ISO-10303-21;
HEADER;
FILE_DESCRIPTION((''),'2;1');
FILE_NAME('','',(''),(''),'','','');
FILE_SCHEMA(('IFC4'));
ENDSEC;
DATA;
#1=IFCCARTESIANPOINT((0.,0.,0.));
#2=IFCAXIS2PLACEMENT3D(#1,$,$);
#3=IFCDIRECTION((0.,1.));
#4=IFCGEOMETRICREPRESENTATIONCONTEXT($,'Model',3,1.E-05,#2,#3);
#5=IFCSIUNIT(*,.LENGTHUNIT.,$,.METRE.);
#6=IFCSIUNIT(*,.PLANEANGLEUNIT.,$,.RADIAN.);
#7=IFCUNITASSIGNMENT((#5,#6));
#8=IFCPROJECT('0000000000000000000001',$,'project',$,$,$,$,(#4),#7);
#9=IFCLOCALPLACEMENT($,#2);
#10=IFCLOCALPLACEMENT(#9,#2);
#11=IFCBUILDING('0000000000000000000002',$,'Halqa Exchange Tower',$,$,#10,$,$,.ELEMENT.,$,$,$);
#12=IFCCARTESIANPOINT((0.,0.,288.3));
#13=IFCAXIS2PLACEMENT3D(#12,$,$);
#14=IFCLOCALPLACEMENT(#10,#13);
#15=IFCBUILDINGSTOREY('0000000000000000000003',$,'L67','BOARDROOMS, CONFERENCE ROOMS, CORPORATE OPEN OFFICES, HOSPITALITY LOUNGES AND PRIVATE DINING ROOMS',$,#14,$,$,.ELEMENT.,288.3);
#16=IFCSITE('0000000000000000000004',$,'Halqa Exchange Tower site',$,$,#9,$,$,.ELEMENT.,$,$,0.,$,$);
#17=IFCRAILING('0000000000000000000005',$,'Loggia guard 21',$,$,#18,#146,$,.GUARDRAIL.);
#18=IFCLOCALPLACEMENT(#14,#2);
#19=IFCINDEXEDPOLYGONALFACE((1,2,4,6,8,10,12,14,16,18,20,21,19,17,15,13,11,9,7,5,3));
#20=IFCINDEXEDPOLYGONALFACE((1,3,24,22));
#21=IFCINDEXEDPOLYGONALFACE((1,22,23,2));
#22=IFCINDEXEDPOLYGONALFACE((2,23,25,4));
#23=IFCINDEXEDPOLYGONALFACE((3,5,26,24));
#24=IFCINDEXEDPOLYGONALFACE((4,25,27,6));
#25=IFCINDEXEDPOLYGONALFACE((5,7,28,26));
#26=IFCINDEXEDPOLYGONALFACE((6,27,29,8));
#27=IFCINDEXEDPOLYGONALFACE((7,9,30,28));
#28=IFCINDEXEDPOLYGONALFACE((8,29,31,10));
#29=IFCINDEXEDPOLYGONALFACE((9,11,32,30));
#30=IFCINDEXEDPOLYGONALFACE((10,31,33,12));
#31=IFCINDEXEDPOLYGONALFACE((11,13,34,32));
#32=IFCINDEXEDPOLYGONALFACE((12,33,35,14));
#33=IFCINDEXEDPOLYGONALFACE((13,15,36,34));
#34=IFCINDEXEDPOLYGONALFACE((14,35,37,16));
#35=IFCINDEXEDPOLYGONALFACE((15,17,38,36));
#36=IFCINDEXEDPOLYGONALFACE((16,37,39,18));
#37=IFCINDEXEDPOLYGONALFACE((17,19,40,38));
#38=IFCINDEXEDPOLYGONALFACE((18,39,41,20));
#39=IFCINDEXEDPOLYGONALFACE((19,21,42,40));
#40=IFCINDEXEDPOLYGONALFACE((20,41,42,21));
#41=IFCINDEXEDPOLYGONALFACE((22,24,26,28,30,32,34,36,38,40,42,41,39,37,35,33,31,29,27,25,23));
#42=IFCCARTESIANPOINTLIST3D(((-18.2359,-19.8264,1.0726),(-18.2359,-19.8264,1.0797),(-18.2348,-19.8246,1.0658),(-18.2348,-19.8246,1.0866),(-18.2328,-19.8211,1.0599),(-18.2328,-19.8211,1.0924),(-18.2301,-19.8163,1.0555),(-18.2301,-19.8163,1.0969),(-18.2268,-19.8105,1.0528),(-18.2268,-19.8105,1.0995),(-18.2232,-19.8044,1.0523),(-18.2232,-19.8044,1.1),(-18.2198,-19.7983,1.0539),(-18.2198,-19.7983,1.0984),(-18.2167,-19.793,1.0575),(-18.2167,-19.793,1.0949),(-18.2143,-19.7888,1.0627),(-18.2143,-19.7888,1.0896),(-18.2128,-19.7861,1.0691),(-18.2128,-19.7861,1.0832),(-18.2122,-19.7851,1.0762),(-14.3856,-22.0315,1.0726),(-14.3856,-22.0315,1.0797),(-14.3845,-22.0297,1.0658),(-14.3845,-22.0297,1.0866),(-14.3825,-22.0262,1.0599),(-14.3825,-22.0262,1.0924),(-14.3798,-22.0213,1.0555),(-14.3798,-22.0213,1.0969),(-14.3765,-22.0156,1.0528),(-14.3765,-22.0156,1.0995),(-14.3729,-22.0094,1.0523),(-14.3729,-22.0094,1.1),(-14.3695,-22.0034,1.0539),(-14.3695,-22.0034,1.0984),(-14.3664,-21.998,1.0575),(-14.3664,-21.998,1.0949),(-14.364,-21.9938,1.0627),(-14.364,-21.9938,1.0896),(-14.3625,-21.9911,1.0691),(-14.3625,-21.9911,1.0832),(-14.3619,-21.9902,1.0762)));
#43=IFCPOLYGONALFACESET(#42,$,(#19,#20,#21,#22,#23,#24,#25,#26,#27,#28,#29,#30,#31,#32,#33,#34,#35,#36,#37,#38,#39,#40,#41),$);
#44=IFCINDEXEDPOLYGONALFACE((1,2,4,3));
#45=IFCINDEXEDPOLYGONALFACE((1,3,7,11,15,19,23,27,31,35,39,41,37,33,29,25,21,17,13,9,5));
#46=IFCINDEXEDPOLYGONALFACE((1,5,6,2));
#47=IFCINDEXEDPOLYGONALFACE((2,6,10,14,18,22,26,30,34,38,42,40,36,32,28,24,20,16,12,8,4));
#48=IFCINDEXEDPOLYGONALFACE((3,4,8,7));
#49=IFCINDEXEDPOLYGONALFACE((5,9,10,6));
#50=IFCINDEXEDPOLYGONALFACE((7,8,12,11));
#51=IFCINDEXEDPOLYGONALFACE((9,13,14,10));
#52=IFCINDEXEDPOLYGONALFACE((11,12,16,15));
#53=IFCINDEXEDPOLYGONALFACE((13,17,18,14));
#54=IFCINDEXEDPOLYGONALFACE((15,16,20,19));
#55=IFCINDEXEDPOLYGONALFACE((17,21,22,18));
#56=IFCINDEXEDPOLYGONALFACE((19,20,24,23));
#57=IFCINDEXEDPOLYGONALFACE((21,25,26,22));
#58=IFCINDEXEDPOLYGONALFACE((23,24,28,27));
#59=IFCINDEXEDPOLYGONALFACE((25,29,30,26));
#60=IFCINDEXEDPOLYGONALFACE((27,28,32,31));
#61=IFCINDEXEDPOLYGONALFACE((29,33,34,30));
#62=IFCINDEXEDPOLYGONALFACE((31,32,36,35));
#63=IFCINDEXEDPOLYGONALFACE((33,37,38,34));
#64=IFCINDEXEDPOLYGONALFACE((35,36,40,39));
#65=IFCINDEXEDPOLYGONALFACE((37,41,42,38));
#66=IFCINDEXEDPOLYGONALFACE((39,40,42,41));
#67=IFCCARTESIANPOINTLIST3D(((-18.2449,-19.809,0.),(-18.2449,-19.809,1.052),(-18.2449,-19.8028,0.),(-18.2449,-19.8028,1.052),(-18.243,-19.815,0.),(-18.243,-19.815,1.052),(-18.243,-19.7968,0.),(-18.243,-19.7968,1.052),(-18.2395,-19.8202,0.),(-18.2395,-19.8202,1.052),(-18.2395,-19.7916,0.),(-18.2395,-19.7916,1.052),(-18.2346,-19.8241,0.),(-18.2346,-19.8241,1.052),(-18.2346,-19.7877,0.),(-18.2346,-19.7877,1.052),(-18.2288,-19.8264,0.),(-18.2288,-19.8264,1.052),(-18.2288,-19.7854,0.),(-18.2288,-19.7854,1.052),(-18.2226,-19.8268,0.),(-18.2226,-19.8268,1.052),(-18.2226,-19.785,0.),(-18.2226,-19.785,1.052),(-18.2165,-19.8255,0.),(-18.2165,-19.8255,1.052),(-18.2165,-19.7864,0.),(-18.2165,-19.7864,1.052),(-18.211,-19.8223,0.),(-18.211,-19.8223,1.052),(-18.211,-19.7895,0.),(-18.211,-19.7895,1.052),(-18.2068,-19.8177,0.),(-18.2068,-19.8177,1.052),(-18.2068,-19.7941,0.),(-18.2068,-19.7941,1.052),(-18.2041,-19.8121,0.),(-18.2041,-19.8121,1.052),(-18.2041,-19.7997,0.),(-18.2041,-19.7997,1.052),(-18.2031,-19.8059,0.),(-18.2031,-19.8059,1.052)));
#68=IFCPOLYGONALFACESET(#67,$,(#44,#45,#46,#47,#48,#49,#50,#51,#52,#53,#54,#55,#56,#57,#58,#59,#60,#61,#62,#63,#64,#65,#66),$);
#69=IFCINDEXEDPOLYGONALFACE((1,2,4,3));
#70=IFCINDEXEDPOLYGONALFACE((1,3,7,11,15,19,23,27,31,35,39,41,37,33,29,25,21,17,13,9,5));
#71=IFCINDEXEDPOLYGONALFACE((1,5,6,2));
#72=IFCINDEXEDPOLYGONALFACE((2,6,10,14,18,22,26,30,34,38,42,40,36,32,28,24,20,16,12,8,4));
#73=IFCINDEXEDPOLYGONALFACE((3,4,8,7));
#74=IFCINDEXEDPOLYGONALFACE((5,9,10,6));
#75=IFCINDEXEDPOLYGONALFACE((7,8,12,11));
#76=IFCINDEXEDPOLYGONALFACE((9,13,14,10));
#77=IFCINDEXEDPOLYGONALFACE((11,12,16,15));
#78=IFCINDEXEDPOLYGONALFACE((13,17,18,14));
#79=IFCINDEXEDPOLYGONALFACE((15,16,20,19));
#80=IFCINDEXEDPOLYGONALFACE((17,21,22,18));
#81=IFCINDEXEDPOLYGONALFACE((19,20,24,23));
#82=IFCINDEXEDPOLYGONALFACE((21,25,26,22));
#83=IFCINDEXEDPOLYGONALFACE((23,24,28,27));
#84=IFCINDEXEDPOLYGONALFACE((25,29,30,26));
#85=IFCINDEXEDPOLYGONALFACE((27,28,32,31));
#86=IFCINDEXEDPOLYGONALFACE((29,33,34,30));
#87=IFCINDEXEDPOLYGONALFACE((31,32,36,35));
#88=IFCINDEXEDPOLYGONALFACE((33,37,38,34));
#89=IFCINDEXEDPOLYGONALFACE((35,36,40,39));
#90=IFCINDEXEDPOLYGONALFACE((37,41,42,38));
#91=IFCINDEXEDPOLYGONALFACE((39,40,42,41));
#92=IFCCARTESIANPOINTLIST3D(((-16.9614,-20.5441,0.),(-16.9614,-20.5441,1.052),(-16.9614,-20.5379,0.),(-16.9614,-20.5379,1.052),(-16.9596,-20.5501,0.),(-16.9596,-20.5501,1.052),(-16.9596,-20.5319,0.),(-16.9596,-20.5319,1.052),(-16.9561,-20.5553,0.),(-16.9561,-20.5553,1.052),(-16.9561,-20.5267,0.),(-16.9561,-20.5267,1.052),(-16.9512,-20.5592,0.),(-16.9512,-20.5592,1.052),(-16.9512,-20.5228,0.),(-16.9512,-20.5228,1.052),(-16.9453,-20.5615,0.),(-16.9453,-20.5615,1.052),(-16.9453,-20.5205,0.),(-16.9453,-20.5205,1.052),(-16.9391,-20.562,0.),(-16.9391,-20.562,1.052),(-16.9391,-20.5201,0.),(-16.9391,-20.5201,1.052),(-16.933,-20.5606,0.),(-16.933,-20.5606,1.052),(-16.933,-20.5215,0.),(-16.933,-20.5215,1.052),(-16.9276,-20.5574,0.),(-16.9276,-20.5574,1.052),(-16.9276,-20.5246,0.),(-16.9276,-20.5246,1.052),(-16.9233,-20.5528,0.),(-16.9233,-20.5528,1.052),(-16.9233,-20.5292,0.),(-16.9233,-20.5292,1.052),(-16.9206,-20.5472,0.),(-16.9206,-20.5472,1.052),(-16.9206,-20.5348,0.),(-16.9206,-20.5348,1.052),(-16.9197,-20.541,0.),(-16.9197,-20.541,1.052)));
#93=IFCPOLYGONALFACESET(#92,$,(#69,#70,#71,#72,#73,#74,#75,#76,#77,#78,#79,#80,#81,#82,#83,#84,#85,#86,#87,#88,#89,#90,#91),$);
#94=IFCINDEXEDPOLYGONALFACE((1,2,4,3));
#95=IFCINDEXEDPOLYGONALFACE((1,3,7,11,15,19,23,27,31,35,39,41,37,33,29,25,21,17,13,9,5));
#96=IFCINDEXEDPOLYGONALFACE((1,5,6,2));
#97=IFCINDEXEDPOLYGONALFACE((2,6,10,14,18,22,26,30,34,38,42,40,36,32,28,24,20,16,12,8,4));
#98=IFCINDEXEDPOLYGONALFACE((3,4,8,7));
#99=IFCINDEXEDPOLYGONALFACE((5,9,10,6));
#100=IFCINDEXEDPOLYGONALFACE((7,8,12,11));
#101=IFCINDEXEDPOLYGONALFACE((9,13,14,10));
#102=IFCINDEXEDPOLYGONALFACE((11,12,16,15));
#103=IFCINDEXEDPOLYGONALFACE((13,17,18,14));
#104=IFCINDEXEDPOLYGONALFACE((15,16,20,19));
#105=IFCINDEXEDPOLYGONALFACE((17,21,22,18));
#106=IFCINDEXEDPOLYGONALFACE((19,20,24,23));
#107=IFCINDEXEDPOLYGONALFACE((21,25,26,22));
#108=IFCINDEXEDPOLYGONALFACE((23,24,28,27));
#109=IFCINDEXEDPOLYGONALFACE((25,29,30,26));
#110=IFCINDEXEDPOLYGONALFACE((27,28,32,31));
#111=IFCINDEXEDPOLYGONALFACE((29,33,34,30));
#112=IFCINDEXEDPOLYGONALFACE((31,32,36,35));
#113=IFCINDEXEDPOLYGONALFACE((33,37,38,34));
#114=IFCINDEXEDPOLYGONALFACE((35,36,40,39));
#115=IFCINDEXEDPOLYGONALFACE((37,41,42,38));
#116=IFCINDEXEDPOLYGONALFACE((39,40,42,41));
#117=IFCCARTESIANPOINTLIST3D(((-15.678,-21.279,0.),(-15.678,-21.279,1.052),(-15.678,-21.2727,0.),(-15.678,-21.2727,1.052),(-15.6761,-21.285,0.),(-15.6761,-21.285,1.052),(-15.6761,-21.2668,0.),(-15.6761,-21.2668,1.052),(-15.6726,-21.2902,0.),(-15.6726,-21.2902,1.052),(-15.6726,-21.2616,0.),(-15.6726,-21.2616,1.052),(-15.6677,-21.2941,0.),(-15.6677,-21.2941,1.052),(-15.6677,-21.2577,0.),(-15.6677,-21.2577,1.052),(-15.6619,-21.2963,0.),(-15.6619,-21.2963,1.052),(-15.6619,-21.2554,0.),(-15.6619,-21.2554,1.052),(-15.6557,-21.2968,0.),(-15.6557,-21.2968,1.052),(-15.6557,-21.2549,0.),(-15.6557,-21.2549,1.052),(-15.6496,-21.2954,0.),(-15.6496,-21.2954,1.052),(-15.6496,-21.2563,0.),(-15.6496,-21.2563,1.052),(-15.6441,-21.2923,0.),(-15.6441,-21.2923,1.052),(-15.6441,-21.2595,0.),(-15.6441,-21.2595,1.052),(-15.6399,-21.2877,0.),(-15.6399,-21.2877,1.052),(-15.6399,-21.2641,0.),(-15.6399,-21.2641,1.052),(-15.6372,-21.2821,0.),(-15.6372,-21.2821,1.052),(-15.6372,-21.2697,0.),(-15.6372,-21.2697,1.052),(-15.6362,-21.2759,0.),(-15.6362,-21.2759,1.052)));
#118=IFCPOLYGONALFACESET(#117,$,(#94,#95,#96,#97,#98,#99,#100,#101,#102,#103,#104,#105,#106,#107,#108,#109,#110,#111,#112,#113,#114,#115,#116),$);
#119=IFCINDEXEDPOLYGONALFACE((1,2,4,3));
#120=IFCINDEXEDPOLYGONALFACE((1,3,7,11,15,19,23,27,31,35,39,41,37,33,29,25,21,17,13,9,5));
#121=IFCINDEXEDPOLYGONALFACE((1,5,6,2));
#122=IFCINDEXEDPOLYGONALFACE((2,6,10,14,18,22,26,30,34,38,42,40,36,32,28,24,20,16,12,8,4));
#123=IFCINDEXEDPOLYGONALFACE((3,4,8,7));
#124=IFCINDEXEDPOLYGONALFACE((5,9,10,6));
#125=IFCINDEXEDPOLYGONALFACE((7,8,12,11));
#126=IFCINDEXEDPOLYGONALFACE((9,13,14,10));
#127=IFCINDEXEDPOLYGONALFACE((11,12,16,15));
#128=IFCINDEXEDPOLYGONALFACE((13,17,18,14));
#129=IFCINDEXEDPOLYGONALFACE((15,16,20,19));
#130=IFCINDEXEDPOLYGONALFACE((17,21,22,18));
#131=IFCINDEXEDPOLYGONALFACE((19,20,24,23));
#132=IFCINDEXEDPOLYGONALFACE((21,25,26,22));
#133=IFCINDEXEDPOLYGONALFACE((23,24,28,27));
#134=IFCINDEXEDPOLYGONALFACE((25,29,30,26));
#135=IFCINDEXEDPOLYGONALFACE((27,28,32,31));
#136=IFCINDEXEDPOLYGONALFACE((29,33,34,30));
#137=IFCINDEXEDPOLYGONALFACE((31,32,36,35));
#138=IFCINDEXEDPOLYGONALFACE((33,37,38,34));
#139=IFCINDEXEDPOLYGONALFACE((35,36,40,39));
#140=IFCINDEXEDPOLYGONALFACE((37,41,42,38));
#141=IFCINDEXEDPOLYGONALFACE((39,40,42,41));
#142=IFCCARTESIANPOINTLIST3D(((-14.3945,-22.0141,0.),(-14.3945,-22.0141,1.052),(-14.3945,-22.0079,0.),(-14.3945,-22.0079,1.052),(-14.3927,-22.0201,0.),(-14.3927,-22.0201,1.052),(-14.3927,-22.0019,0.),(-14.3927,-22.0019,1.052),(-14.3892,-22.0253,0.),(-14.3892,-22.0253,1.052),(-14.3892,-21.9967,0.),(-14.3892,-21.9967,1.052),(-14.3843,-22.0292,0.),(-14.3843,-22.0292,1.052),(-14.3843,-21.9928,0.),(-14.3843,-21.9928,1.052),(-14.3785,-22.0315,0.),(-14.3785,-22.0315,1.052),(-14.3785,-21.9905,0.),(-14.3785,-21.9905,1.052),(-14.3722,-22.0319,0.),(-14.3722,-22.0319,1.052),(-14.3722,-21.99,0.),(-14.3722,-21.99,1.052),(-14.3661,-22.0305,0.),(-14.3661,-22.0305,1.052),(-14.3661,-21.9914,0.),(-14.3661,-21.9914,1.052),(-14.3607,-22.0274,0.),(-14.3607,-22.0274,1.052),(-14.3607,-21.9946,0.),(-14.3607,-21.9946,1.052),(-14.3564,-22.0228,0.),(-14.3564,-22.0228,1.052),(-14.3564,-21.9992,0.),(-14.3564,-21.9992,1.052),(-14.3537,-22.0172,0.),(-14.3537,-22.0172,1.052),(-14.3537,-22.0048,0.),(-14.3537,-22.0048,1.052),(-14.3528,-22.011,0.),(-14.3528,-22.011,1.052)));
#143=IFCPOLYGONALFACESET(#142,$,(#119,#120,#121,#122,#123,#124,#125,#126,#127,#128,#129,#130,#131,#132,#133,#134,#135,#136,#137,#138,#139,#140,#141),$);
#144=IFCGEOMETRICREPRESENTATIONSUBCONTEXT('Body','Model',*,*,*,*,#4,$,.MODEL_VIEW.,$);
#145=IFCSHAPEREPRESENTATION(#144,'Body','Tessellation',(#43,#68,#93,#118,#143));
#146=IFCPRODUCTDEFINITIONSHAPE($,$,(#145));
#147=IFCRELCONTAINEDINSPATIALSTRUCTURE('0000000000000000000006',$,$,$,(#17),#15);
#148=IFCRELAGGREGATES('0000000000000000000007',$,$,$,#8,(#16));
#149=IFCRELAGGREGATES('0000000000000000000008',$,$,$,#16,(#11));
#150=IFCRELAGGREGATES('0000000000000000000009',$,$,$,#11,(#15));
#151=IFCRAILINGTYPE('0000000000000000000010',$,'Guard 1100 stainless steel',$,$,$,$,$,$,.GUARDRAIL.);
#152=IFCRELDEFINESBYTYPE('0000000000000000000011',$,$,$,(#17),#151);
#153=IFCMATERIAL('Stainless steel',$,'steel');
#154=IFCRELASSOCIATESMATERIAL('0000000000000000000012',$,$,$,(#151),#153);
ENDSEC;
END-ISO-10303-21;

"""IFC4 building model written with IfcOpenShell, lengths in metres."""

from ifc_helpers import new_model, si_unit, direction, frame, origin, origin_2d, place, context, subcontext, project, spatial, circle, extrude, material, type_object, element, save


model = new_model("IFC4")

# Units and contexts
model_context = context("Model", 3, precision=1e-05, world=origin(), true_north=direction((0.0, 1.0)))
body_context = subcontext(model_context, "Body", "Model", "MODEL_VIEW")
ifc_project = project(units=[si_unit("LENGTHUNIT", "METRE"), si_unit("PLANEANGLEUNIT", "RADIAN")], contexts=[model_context])

# Site, building, storey
site_placement = place(None, origin())
site = spatial("IfcSite", under=ifc_project, at=site_placement, Name="Halqa Exchange Tower site", CompositionType="ELEMENT", RefElevation=0.0)
building_placement = place(site_placement, origin())
building = spatial("IfcBuilding", under=site, at=building_placement, Name="Halqa Exchange Tower", CompositionType="ELEMENT")
storey_placement = place(building_placement, frame((0.0, 0.0, 288.3)))
storey = spatial("IfcBuildingStorey", under=building, at=storey_placement, Name="L67", Description="BOARDROOMS, CONFERENCE ROOMS, CORPORATE OPEN OFFICES, HOSPITALITY LOUNGES AND PRIVATE DINING ROOMS", CompositionType="ELEMENT", Elevation=288.3)

# Railing
ifc_material_1 = material(Name="Stainless steel", Category="steel")
railing_type = type_object("IfcRailingType", Name="Guard 1100 stainless steel", PredefinedType="GUARDRAIL", material=ifc_material_1)
railing_1_placement = place(storey_placement, frame((-18.2241, -19.8059, 0.0)))
element("IfcRailing", 1, at=railing_1_placement, inside=storey, type_object=railing_type, Name="Loggia guard 21", PredefinedType="GUARDRAIL", context=body_context, shape_type="SweptSolid", body=[
    extrude(circle(Radius=0.0239, at=origin_2d()), frame((0.0, 0.0, 1.0762), z_axis=(0.867769, -0.496968, 0.0), x_axis=(0.496968, 0.867769, 0.0)), (0.0, 0.0, 1.0), 4.437),
    extrude(circle(Radius=0.021, at=origin_2d()), origin(), (0.0, 0.0, 1.0), 1.052),
    extrude(circle(Radius=0.021, at=origin_2d()), frame((1.2834, -0.7351, 0.0)), (0.0, 0.0, 1.0), 1.052),
    extrude(circle(Radius=0.021, at=origin_2d()), frame((2.5669, -1.47, 0.0)), (0.0, 0.0, 1.0), 1.052),
    extrude(circle(Radius=0.021, at=origin_2d()), frame((3.8503, -2.2051, 0.0)), (0.0, 0.0, 1.0), 1.052),
])

save(model, "model.ifc")
